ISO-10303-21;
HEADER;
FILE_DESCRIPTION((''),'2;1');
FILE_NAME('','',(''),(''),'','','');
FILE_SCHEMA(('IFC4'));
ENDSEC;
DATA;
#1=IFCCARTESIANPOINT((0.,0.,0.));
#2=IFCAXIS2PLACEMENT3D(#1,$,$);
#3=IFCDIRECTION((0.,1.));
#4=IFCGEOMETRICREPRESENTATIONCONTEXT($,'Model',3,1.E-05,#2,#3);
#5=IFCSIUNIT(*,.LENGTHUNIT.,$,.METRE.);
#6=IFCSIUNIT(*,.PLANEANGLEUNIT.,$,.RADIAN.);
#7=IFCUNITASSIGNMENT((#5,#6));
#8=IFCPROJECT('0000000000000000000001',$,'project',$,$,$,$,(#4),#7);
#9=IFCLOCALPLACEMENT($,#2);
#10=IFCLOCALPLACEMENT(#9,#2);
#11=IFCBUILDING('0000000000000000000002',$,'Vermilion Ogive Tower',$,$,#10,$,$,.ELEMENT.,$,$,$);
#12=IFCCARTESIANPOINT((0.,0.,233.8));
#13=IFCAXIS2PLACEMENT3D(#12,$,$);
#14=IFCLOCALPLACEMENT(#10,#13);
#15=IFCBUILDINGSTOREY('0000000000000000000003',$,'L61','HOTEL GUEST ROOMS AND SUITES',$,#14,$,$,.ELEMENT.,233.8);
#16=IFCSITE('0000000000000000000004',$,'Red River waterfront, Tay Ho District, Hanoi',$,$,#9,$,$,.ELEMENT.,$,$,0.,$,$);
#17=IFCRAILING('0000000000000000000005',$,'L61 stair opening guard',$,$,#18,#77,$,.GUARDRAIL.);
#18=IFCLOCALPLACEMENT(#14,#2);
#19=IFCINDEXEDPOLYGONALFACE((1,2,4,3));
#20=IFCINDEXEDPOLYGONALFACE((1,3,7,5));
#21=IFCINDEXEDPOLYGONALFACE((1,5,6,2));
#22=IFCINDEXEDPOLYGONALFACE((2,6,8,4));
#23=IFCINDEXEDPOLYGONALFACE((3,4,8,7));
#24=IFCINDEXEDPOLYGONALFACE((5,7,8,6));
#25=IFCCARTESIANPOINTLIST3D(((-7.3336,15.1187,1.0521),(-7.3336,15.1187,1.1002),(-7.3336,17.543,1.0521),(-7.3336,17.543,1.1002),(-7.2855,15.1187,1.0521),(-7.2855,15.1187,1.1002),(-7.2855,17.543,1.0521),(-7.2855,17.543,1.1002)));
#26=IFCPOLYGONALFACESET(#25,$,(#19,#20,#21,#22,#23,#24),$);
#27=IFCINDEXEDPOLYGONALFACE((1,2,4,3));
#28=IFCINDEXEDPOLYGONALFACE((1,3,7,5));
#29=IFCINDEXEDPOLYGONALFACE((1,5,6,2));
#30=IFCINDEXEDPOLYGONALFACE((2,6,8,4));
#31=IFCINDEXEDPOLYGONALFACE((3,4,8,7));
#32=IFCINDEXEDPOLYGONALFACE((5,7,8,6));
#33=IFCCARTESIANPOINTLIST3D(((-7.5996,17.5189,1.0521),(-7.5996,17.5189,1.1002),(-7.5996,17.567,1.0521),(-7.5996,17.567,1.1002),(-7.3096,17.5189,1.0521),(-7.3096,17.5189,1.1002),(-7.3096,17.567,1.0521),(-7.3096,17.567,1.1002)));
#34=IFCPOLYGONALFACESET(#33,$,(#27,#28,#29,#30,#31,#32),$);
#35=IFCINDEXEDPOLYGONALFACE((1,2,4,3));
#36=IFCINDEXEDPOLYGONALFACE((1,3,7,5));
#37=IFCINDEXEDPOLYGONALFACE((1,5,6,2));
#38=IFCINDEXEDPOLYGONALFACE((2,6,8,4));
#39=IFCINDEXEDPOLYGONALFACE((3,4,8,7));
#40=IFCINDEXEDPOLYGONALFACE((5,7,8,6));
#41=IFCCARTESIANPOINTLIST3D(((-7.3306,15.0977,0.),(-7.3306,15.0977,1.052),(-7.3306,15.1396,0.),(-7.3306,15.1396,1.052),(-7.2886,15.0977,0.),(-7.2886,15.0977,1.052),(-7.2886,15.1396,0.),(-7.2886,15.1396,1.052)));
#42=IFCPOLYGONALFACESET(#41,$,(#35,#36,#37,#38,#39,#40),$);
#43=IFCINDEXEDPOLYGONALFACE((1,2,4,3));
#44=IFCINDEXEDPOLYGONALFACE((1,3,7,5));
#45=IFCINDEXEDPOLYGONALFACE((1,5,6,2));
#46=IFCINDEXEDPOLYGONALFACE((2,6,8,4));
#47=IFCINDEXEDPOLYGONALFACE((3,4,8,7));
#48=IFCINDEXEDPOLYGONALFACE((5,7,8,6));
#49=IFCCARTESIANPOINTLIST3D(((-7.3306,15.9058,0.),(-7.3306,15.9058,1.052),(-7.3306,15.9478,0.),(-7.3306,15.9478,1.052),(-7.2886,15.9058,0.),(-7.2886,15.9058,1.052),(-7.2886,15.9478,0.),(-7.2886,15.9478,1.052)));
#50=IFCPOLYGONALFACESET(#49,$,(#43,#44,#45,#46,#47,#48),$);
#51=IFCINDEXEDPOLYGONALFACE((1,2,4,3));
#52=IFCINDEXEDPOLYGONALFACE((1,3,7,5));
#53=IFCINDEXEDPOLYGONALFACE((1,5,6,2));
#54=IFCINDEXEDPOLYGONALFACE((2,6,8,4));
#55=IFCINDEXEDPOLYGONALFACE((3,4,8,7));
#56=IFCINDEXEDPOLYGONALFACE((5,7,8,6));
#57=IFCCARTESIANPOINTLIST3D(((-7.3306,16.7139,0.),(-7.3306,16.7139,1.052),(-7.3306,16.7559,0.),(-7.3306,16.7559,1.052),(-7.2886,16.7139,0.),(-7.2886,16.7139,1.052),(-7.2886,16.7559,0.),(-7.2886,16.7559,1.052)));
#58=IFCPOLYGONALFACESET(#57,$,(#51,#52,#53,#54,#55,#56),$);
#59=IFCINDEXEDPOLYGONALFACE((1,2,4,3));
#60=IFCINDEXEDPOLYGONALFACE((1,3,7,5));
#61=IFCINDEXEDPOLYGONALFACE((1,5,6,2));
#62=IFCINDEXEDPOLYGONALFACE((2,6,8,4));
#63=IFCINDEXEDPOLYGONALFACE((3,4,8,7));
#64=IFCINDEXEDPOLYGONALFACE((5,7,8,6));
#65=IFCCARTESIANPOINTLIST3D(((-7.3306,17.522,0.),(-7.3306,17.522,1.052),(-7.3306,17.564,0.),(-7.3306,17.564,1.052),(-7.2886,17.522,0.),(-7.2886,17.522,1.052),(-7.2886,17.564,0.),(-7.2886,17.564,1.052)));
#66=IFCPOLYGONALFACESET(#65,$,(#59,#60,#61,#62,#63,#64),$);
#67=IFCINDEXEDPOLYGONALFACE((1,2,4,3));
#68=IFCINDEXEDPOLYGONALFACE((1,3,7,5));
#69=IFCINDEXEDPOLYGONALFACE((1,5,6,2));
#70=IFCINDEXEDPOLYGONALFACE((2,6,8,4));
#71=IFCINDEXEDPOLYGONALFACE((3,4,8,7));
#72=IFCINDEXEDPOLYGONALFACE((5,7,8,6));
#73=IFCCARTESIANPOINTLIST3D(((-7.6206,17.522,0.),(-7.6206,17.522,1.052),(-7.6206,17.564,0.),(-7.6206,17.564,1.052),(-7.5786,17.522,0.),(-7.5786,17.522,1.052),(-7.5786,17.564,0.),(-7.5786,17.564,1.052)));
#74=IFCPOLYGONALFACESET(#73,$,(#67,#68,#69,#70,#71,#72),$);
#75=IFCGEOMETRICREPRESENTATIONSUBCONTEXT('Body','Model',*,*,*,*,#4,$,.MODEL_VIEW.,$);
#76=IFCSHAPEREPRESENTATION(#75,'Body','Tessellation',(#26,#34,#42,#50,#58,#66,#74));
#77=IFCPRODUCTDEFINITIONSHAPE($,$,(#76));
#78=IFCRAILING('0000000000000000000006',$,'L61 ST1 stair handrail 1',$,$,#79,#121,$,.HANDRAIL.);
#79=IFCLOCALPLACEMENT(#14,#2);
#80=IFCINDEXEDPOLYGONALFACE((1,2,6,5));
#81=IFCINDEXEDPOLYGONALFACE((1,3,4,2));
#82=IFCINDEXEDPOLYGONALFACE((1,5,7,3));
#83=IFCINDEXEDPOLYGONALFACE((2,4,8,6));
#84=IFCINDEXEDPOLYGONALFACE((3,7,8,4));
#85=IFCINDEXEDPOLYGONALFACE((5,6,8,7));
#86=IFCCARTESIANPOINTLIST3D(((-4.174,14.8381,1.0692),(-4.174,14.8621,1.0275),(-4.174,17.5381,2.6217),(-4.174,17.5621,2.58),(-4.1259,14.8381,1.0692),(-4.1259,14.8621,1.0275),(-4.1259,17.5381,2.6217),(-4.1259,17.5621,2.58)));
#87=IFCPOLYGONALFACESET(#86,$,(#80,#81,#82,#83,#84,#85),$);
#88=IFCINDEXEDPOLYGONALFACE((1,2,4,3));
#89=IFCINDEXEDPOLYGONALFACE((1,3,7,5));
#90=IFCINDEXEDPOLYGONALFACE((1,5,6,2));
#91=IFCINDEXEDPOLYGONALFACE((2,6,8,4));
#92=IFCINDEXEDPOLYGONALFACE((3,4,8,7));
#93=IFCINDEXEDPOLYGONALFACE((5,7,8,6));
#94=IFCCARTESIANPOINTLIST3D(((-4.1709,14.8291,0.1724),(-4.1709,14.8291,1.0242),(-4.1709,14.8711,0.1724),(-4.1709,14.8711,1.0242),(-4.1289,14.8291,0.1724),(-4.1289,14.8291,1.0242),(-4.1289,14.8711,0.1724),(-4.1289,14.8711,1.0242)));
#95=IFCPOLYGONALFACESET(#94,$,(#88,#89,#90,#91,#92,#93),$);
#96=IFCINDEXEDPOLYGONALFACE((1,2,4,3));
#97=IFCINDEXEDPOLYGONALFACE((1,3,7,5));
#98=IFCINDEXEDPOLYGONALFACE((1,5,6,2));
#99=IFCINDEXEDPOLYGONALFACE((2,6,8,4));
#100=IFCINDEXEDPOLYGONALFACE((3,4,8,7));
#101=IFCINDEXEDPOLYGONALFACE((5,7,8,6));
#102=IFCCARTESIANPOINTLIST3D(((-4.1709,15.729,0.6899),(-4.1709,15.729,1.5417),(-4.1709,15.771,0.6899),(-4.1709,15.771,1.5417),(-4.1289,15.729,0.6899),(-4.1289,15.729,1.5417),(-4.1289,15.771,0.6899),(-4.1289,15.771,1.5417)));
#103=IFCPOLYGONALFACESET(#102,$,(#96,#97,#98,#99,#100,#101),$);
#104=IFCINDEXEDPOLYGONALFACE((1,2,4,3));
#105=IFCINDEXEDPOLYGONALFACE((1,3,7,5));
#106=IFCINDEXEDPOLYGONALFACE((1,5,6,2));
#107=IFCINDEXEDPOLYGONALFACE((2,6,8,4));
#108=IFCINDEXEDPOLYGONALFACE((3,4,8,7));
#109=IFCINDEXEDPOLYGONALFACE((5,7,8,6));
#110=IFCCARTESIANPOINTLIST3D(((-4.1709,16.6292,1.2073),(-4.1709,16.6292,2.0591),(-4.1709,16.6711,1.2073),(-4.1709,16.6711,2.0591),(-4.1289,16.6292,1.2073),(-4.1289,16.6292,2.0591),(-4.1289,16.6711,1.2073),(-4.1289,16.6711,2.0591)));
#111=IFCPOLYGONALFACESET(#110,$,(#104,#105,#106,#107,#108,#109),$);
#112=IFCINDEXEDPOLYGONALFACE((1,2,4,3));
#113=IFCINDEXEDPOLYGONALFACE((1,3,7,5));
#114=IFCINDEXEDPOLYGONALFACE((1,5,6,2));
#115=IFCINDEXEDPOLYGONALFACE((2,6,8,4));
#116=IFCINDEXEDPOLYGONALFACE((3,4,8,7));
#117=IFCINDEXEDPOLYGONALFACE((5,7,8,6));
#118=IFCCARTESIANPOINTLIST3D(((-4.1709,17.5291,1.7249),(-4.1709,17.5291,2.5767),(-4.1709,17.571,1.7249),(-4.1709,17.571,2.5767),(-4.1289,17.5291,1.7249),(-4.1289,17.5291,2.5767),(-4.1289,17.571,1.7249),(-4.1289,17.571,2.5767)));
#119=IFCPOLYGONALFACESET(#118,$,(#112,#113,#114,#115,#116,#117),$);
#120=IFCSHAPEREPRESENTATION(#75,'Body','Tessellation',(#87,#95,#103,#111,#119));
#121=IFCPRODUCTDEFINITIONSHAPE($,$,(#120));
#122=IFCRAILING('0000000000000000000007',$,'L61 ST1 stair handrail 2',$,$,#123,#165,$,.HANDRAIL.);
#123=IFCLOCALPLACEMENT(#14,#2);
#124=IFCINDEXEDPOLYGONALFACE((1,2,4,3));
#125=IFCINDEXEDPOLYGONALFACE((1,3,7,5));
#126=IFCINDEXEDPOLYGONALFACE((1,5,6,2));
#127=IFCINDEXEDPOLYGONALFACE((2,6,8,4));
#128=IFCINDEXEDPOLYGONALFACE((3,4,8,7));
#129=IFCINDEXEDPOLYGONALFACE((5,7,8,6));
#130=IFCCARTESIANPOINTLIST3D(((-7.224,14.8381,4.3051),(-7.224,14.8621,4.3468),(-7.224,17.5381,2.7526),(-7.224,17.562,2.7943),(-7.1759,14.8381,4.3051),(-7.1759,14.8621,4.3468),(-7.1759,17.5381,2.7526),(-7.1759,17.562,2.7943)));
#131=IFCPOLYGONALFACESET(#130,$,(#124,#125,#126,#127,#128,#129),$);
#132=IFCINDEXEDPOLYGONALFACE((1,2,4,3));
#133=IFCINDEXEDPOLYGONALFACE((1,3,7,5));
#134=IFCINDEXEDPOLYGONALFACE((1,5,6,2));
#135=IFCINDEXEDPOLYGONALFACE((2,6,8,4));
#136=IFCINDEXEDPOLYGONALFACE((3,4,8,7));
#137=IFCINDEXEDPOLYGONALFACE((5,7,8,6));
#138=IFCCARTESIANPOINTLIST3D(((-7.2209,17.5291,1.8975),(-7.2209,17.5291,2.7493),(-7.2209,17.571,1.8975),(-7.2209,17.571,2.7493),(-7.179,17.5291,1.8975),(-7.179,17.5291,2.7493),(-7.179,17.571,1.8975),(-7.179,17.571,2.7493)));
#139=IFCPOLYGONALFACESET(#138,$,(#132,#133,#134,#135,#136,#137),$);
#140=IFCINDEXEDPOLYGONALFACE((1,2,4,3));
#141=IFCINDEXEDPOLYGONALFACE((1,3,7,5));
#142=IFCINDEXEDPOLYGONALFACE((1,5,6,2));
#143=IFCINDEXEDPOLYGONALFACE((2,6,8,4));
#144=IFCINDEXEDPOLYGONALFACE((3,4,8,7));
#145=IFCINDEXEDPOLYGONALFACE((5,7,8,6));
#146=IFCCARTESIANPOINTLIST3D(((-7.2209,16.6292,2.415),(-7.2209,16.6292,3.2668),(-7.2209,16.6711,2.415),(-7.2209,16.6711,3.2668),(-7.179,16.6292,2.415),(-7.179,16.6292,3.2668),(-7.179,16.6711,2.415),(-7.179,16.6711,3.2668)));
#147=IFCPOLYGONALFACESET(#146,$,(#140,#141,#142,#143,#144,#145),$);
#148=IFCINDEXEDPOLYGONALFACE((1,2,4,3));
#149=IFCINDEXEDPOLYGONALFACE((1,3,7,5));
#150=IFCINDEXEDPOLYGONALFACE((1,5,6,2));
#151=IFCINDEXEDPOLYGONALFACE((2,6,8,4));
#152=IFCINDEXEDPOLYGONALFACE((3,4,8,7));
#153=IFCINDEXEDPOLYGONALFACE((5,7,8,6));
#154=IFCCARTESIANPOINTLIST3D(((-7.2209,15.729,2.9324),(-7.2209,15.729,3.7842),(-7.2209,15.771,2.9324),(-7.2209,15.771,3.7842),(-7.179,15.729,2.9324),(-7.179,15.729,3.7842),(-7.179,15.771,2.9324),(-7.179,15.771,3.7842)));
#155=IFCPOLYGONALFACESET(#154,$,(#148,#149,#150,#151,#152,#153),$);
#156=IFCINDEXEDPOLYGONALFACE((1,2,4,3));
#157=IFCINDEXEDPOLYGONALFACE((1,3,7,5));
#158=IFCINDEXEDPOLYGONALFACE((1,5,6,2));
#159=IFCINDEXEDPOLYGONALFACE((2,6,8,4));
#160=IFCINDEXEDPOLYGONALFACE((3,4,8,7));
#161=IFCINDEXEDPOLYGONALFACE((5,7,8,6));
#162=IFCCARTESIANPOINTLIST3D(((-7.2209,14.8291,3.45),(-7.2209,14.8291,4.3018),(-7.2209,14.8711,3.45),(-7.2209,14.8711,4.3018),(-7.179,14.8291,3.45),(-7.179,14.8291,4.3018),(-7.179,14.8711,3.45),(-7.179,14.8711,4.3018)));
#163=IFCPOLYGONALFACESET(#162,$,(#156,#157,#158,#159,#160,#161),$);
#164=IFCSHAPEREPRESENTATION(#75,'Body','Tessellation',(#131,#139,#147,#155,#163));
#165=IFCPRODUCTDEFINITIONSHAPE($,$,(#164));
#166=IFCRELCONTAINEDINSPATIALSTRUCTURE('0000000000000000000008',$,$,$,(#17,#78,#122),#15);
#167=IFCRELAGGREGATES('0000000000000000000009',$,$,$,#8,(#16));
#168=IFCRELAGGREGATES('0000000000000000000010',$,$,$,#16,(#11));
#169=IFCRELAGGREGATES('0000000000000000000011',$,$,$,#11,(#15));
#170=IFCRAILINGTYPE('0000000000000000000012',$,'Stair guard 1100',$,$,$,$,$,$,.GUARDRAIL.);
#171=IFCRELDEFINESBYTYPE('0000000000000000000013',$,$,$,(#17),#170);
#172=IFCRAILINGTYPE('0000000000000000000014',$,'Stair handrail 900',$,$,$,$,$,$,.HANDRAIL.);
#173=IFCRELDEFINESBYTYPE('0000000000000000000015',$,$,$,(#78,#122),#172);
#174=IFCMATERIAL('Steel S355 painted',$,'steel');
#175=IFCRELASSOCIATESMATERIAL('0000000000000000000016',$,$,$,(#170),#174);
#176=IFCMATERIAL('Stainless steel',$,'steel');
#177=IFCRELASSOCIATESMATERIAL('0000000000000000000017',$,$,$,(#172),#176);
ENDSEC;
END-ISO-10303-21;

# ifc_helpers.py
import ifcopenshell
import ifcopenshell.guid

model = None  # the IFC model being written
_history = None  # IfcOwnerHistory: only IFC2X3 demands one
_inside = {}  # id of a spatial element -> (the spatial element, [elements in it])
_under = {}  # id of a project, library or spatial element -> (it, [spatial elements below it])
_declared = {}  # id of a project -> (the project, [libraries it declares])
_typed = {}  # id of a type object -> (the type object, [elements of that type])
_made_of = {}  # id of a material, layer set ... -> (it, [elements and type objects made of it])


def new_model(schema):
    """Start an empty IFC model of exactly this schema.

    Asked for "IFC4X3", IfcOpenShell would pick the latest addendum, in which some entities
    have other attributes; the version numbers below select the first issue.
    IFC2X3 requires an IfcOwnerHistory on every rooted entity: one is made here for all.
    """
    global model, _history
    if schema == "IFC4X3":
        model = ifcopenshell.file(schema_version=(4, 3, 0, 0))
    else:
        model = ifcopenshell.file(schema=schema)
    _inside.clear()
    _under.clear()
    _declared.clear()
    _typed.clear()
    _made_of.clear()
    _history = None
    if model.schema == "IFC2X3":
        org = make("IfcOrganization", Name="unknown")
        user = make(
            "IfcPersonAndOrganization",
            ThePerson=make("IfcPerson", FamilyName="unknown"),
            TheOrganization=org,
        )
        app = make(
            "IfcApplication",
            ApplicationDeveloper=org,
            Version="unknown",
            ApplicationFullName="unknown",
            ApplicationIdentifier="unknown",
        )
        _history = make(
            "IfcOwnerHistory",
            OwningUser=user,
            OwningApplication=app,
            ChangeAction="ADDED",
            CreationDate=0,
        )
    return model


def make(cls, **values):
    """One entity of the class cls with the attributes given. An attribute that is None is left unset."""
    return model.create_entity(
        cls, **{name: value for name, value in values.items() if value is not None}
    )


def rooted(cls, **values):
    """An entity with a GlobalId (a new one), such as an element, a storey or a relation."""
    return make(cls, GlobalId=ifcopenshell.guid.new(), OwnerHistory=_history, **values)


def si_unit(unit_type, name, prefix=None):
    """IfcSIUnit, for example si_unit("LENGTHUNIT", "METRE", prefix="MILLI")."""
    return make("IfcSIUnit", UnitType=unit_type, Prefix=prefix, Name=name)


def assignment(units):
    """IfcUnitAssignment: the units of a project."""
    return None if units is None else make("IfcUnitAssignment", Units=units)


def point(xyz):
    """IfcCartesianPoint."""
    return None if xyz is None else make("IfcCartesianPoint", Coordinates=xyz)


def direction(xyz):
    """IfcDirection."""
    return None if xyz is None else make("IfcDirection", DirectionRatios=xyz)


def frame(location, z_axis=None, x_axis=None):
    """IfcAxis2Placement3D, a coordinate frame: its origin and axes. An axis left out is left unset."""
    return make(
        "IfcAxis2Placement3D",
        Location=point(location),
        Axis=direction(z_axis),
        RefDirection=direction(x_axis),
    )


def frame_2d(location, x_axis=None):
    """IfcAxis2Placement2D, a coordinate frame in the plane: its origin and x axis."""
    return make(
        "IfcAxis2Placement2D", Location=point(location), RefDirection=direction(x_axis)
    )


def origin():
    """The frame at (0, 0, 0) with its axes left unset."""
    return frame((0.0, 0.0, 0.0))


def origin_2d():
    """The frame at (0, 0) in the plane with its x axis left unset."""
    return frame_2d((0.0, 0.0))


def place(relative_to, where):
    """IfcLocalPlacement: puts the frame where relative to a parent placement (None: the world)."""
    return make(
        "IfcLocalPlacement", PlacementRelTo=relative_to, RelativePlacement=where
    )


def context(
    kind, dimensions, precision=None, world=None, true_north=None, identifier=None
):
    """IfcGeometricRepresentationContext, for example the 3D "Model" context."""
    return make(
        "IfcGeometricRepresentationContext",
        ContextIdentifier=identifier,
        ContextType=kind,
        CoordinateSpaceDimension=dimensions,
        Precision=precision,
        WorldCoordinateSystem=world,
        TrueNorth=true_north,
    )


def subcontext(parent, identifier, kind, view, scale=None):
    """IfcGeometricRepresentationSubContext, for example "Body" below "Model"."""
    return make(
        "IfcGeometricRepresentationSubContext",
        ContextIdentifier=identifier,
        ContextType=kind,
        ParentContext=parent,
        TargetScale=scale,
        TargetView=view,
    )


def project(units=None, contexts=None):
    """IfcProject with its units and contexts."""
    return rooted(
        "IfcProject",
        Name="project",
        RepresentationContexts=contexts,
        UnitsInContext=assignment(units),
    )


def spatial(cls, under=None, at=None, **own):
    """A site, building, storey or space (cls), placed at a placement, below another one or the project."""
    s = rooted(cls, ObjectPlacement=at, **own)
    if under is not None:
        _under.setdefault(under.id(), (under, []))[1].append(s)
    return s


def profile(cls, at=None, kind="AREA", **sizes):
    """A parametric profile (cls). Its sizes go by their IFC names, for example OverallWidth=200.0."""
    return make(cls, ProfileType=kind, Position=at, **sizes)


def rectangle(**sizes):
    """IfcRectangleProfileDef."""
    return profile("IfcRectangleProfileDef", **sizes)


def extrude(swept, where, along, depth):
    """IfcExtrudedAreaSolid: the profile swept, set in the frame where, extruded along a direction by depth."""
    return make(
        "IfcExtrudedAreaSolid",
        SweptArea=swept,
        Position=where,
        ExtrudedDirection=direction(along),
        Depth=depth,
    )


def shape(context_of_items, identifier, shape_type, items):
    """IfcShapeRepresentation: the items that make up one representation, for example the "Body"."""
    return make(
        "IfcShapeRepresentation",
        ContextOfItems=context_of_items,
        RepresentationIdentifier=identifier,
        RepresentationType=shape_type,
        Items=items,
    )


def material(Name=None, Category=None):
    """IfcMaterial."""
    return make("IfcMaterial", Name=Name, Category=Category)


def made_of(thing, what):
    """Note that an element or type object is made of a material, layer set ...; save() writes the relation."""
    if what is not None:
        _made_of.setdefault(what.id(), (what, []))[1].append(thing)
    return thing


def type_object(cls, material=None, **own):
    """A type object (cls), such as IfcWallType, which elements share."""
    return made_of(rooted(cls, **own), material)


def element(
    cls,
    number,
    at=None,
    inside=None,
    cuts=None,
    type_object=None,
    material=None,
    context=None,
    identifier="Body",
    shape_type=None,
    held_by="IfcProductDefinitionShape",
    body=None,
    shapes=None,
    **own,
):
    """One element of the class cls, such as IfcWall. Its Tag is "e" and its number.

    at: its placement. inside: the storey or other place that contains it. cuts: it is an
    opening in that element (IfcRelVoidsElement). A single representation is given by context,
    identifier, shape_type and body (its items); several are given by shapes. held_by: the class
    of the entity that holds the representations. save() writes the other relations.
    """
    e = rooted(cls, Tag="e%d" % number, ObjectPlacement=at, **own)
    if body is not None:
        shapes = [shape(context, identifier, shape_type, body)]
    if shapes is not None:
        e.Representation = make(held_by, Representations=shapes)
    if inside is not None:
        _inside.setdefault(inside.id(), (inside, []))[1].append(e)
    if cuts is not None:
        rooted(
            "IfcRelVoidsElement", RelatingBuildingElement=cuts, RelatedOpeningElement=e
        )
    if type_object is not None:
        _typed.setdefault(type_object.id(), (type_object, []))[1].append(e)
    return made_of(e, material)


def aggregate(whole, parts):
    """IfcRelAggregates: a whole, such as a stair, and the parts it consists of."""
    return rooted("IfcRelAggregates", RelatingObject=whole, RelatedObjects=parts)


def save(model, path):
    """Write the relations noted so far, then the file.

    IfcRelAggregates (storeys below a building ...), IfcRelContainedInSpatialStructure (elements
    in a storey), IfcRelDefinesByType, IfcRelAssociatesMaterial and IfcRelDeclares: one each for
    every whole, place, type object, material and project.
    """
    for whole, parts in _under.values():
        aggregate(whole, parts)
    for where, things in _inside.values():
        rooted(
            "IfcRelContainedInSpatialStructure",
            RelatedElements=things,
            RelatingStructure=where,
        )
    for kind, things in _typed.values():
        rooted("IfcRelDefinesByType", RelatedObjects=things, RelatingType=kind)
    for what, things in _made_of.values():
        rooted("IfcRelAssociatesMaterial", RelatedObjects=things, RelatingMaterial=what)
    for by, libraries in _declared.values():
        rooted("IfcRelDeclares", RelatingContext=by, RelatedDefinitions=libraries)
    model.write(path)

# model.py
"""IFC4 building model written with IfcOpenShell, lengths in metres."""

from ifc_helpers import new_model, si_unit, direction, frame, origin, origin_2d, place, context, subcontext, project, spatial, rectangle, extrude, material, type_object, element, save


model = new_model("IFC4")

# Units and contexts
model_context = context("Model", 3, precision=1e-05, world=origin(), true_north=direction((0.0, 1.0)))
body_context = subcontext(model_context, "Body", "Model", "MODEL_VIEW")
ifc_project = project(units=[si_unit("LENGTHUNIT", "METRE"), si_unit("PLANEANGLEUNIT", "RADIAN")], contexts=[model_context])

# Site, building, storey
site_placement = place(None, origin())
site = spatial("IfcSite", under=ifc_project, at=site_placement, Name="Red River waterfront, Tay Ho District, Hanoi", CompositionType="ELEMENT", RefElevation=0.0)
building_placement = place(site_placement, origin())
building = spatial("IfcBuilding", under=site, at=building_placement, Name="Vermilion Ogive Tower", CompositionType="ELEMENT")
storey_placement = place(building_placement, frame((0.0, 0.0, 233.8)))
storey = spatial("IfcBuildingStorey", under=building, at=storey_placement, Name="L61", Description="HOTEL GUEST ROOMS AND SUITES", CompositionType="ELEMENT", Elevation=233.8)

# Railings
ifc_material_1 = material(Name="Steel S355 painted", Category="steel")
railing_type_1 = type_object("IfcRailingType", Name="Stair guard 1100", PredefinedType="GUARDRAIL", material=ifc_material_1)
railing_1_placement = place(storey_placement, frame((-7.3096, 15.1187, 0.0)))
element("IfcRailing", 1, at=railing_1_placement, inside=storey, type_object=railing_type_1, Name="L61 stair opening guard", PredefinedType="GUARDRAIL", context=body_context, shape_type="SweptSolid", body=[
    extrude(rectangle(XDim=0.0481, YDim=0.0481, at=origin_2d()), frame((0.0, 0.0, 1.0762), z_axis=(0.0, 1.0, 0.0), x_axis=(-1.0, 0.0, 0.0)), (0.0, 0.0, 1.0), 2.4243),
    extrude(rectangle(XDim=0.0481, YDim=0.0481, at=origin_2d()), frame((0.0, 2.4243, 1.0762), z_axis=(-1.0, 0.0, 0.0), x_axis=(0.0, -1.0, 0.0)), (0.0, 0.0, 1.0), 0.29),
    extrude(rectangle(XDim=0.042, YDim=0.042, at=origin_2d()), origin(), (0.0, 0.0, 1.0), 1.052),
    extrude(rectangle(XDim=0.042, YDim=0.042, at=origin_2d()), frame((0.0, 0.8081, 0.0)), (0.0, 0.0, 1.0), 1.052),
    extrude(rectangle(XDim=0.042, YDim=0.042, at=origin_2d()), frame((0.0, 1.6162, 0.0)), (0.0, 0.0, 1.0), 1.052),
    extrude(rectangle(XDim=0.042, YDim=0.042, at=origin_2d()), frame((0.0, 2.4243, 0.0)), (0.0, 0.0, 1.0), 1.052),
    extrude(rectangle(XDim=0.042, YDim=0.042, at=origin_2d()), frame((-0.29, 2.4243, 0.0)), (0.0, 0.0, 1.0), 1.052),
])
ifc_material_2 = material(Name="Stainless steel", Category="steel")
railing_type_2 = type_object("IfcRailingType", Name="Stair handrail 900", PredefinedType="HANDRAIL", material=ifc_material_2)
railing_2_placement = place(storey_placement, frame((-4.1499, 14.8501, 0.1724)))
element("IfcRailing", 2, at=railing_2_placement, inside=storey, type_object=railing_type_2, Name="L61 ST1 stair handrail 1", PredefinedType="HANDRAIL", context=body_context, shape_type="SweptSolid", body=[
    extrude(rectangle(XDim=0.0481, YDim=0.0481, at=origin_2d()), frame((0.0, 0.0, 0.876), z_axis=(0.0, 0.866904, 0.498476), x_axis=(-1.0, 0.0, 0.0)), (0.0, 0.0, 1.0), 3.1145),
    extrude(rectangle(XDim=0.042, YDim=0.042, at=origin_2d()), origin(), (0.0, 0.0, 1.0), 0.8518),
    extrude(rectangle(XDim=0.042, YDim=0.042, at=origin_2d()), frame((0.0, 0.8999, 0.5176)), (0.0, 0.0, 1.0), 0.8518),
    extrude(rectangle(XDim=0.042, YDim=0.042, at=origin_2d()), frame((0.0, 1.8, 1.0349)), (0.0, 0.0, 1.0), 0.8518),
    extrude(rectangle(XDim=0.042, YDim=0.042, at=origin_2d()), frame((0.0, 2.7, 1.5525)), (0.0, 0.0, 1.0), 0.8518),
])
railing_3_placement = place(storey_placement, frame((-7.2, 17.55, 1.8975)))
element("IfcRailing", 3, at=railing_3_placement, inside=storey, type_object=railing_type_2, Name="L61 ST1 stair handrail 2", PredefinedType="HANDRAIL", context=body_context, shape_type="SweptSolid", body=[
    extrude(rectangle(XDim=0.0481, YDim=0.0481, at=origin_2d()), frame((0.0, 0.0, 0.876), z_axis=(0.0, -0.866904, 0.498476), x_axis=(1.0, 0.0, 0.0)), (0.0, 0.0, 1.0), 3.1145),
    extrude(rectangle(XDim=0.042, YDim=0.042, at=origin_2d()), origin(), (0.0, 0.0, 1.0), 0.8518),
    extrude(rectangle(XDim=0.042, YDim=0.042, at=origin_2d()), frame((0.0, -0.8999, 0.5176)), (0.0, 0.0, 1.0), 0.8518),
    extrude(rectangle(XDim=0.042, YDim=0.042, at=origin_2d()), frame((0.0, -1.8, 1.0349)), (0.0, 0.0, 1.0), 0.8518),
    extrude(rectangle(XDim=0.042, YDim=0.042, at=origin_2d()), frame((0.0, -2.7, 1.5525)), (0.0, 0.0, 1.0), 0.8518),
])

save(model, "model.ifc")
